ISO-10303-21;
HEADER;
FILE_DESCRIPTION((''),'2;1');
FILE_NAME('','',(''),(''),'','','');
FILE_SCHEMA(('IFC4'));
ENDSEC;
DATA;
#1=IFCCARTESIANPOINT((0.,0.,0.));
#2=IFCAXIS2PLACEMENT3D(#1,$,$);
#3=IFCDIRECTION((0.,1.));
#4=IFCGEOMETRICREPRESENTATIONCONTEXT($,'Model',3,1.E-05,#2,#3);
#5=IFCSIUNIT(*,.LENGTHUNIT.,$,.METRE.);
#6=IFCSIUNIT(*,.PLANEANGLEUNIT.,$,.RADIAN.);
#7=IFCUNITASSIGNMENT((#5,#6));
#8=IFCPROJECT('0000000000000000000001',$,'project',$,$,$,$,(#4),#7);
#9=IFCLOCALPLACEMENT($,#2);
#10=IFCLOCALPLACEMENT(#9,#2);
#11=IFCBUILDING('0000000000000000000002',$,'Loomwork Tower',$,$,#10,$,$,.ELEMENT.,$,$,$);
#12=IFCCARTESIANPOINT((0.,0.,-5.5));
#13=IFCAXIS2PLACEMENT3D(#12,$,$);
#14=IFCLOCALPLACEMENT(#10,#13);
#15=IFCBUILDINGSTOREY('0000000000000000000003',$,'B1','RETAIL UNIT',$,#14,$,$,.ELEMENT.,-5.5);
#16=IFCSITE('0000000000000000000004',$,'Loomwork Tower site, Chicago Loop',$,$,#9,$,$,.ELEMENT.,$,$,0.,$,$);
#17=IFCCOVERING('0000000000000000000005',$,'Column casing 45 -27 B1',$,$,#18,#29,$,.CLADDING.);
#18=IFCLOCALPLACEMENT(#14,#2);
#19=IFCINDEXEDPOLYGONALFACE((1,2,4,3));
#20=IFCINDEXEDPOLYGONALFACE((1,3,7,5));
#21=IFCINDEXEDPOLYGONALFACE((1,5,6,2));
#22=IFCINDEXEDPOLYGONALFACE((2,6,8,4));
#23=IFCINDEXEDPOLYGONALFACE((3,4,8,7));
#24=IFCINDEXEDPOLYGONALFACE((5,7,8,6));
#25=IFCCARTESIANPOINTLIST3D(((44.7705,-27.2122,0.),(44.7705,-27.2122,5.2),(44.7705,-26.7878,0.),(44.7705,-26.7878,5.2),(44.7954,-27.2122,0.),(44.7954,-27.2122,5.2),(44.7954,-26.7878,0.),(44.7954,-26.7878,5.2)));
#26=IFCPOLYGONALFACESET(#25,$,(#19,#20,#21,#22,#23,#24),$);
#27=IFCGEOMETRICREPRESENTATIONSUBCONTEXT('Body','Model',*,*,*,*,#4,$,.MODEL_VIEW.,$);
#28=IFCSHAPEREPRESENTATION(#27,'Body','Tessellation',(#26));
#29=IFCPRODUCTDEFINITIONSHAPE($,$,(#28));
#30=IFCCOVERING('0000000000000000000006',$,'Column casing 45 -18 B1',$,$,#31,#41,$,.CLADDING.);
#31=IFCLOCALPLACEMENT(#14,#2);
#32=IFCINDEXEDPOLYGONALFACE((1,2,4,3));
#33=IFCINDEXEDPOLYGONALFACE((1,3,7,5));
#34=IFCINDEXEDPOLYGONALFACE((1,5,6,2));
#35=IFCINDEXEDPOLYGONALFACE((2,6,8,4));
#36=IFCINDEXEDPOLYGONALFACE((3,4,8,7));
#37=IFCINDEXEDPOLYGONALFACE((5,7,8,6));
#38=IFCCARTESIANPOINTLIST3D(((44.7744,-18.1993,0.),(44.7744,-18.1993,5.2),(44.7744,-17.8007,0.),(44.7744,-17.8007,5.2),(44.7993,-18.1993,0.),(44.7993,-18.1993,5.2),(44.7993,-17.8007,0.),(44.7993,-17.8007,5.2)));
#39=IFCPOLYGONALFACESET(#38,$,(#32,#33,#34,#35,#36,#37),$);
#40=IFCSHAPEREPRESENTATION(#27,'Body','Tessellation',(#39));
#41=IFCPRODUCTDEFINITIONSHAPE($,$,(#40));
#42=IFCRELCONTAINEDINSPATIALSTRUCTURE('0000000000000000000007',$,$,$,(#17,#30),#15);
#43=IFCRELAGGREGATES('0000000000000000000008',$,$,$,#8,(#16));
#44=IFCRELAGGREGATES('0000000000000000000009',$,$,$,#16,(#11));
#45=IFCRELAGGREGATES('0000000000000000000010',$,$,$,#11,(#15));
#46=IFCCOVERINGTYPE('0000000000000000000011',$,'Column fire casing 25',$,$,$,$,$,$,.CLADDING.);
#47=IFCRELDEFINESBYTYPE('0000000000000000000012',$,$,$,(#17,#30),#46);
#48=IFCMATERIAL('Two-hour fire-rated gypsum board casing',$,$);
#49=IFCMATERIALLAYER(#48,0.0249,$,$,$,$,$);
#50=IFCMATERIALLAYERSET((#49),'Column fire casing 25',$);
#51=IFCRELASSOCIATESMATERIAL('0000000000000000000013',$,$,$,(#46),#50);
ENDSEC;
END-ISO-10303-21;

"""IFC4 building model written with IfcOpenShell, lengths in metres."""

from ifc_helpers import new_model, si_unit, direction, frame, origin, origin_2d, place, context, subcontext, project, spatial, rectangle, extrude, material, layer, layer_set, type_object, element, save


model = new_model("IFC4")

# Units and contexts
model_context = context("Model", 3, precision=1e-05, world=origin(), true_north=direction((0.0, 1.0)))
body_context = subcontext(model_context, "Body", "Model", "MODEL_VIEW")
ifc_project = project(units=[si_unit("LENGTHUNIT", "METRE"), si_unit("PLANEANGLEUNIT", "RADIAN")], contexts=[model_context])

# Site, building, storey
site_placement = place(None, origin())
site = spatial("IfcSite", under=ifc_project, at=site_placement, Name="Loomwork Tower site, Chicago Loop", CompositionType="ELEMENT", RefElevation=0.0)
building_placement = place(site_placement, origin())
building = spatial("IfcBuilding", under=site, at=building_placement, Name="Loomwork Tower", CompositionType="ELEMENT")
storey_placement = place(building_placement, frame((0.0, 0.0, -5.5)))
storey = spatial("IfcBuildingStorey", under=building, at=storey_placement, Name="B1", Description="RETAIL UNIT", CompositionType="ELEMENT", Elevation=-5.5)

# Coverings
ifc_material_1 = material(Name="Two-hour fire-rated gypsum board casing")
ifc_layer_1 = layer(ifc_material_1, 0.0249)
ifc_layer_set_1 = layer_set([ifc_layer_1], Name="Column fire casing 25")
covering_type = type_object("IfcCoveringType", Name="Column fire casing 25", PredefinedType="CLADDING", material=ifc_layer_set_1)
covering_1_placement = place(storey_placement, frame((44.783, -27.0, 0.0), z_axis=(0.0, 0.0, 1.0), x_axis=(1.0, 0.0, 0.0)))
element("IfcCovering", 1, at=covering_1_placement, inside=storey, type_object=covering_type, Name="Column casing 45 -27 B1", PredefinedType="CLADDING", context=body_context, shape_type="SweptSolid", body=[
    extrude(rectangle(XDim=0.0249, YDim=0.4243, at=origin_2d()), origin(), (0.0, 0.0, 1.0), 5.2),
])
covering_2_placement = place(storey_placement, frame((44.7869, -18.0, 0.0), z_axis=(0.0, 0.0, 1.0), x_axis=(1.0, 0.0, 0.0)))
element("IfcCovering", 2, at=covering_2_placement, inside=storey, type_object=covering_type, Name="Column casing 45 -18 B1", PredefinedType="CLADDING", context=body_context, shape_type="SweptSolid", body=[
    extrude(rectangle(XDim=0.0249, YDim=0.3987, at=origin_2d()), origin(), (0.0, 0.0, 1.0), 5.2),
])

save(model, "model.ifc")
